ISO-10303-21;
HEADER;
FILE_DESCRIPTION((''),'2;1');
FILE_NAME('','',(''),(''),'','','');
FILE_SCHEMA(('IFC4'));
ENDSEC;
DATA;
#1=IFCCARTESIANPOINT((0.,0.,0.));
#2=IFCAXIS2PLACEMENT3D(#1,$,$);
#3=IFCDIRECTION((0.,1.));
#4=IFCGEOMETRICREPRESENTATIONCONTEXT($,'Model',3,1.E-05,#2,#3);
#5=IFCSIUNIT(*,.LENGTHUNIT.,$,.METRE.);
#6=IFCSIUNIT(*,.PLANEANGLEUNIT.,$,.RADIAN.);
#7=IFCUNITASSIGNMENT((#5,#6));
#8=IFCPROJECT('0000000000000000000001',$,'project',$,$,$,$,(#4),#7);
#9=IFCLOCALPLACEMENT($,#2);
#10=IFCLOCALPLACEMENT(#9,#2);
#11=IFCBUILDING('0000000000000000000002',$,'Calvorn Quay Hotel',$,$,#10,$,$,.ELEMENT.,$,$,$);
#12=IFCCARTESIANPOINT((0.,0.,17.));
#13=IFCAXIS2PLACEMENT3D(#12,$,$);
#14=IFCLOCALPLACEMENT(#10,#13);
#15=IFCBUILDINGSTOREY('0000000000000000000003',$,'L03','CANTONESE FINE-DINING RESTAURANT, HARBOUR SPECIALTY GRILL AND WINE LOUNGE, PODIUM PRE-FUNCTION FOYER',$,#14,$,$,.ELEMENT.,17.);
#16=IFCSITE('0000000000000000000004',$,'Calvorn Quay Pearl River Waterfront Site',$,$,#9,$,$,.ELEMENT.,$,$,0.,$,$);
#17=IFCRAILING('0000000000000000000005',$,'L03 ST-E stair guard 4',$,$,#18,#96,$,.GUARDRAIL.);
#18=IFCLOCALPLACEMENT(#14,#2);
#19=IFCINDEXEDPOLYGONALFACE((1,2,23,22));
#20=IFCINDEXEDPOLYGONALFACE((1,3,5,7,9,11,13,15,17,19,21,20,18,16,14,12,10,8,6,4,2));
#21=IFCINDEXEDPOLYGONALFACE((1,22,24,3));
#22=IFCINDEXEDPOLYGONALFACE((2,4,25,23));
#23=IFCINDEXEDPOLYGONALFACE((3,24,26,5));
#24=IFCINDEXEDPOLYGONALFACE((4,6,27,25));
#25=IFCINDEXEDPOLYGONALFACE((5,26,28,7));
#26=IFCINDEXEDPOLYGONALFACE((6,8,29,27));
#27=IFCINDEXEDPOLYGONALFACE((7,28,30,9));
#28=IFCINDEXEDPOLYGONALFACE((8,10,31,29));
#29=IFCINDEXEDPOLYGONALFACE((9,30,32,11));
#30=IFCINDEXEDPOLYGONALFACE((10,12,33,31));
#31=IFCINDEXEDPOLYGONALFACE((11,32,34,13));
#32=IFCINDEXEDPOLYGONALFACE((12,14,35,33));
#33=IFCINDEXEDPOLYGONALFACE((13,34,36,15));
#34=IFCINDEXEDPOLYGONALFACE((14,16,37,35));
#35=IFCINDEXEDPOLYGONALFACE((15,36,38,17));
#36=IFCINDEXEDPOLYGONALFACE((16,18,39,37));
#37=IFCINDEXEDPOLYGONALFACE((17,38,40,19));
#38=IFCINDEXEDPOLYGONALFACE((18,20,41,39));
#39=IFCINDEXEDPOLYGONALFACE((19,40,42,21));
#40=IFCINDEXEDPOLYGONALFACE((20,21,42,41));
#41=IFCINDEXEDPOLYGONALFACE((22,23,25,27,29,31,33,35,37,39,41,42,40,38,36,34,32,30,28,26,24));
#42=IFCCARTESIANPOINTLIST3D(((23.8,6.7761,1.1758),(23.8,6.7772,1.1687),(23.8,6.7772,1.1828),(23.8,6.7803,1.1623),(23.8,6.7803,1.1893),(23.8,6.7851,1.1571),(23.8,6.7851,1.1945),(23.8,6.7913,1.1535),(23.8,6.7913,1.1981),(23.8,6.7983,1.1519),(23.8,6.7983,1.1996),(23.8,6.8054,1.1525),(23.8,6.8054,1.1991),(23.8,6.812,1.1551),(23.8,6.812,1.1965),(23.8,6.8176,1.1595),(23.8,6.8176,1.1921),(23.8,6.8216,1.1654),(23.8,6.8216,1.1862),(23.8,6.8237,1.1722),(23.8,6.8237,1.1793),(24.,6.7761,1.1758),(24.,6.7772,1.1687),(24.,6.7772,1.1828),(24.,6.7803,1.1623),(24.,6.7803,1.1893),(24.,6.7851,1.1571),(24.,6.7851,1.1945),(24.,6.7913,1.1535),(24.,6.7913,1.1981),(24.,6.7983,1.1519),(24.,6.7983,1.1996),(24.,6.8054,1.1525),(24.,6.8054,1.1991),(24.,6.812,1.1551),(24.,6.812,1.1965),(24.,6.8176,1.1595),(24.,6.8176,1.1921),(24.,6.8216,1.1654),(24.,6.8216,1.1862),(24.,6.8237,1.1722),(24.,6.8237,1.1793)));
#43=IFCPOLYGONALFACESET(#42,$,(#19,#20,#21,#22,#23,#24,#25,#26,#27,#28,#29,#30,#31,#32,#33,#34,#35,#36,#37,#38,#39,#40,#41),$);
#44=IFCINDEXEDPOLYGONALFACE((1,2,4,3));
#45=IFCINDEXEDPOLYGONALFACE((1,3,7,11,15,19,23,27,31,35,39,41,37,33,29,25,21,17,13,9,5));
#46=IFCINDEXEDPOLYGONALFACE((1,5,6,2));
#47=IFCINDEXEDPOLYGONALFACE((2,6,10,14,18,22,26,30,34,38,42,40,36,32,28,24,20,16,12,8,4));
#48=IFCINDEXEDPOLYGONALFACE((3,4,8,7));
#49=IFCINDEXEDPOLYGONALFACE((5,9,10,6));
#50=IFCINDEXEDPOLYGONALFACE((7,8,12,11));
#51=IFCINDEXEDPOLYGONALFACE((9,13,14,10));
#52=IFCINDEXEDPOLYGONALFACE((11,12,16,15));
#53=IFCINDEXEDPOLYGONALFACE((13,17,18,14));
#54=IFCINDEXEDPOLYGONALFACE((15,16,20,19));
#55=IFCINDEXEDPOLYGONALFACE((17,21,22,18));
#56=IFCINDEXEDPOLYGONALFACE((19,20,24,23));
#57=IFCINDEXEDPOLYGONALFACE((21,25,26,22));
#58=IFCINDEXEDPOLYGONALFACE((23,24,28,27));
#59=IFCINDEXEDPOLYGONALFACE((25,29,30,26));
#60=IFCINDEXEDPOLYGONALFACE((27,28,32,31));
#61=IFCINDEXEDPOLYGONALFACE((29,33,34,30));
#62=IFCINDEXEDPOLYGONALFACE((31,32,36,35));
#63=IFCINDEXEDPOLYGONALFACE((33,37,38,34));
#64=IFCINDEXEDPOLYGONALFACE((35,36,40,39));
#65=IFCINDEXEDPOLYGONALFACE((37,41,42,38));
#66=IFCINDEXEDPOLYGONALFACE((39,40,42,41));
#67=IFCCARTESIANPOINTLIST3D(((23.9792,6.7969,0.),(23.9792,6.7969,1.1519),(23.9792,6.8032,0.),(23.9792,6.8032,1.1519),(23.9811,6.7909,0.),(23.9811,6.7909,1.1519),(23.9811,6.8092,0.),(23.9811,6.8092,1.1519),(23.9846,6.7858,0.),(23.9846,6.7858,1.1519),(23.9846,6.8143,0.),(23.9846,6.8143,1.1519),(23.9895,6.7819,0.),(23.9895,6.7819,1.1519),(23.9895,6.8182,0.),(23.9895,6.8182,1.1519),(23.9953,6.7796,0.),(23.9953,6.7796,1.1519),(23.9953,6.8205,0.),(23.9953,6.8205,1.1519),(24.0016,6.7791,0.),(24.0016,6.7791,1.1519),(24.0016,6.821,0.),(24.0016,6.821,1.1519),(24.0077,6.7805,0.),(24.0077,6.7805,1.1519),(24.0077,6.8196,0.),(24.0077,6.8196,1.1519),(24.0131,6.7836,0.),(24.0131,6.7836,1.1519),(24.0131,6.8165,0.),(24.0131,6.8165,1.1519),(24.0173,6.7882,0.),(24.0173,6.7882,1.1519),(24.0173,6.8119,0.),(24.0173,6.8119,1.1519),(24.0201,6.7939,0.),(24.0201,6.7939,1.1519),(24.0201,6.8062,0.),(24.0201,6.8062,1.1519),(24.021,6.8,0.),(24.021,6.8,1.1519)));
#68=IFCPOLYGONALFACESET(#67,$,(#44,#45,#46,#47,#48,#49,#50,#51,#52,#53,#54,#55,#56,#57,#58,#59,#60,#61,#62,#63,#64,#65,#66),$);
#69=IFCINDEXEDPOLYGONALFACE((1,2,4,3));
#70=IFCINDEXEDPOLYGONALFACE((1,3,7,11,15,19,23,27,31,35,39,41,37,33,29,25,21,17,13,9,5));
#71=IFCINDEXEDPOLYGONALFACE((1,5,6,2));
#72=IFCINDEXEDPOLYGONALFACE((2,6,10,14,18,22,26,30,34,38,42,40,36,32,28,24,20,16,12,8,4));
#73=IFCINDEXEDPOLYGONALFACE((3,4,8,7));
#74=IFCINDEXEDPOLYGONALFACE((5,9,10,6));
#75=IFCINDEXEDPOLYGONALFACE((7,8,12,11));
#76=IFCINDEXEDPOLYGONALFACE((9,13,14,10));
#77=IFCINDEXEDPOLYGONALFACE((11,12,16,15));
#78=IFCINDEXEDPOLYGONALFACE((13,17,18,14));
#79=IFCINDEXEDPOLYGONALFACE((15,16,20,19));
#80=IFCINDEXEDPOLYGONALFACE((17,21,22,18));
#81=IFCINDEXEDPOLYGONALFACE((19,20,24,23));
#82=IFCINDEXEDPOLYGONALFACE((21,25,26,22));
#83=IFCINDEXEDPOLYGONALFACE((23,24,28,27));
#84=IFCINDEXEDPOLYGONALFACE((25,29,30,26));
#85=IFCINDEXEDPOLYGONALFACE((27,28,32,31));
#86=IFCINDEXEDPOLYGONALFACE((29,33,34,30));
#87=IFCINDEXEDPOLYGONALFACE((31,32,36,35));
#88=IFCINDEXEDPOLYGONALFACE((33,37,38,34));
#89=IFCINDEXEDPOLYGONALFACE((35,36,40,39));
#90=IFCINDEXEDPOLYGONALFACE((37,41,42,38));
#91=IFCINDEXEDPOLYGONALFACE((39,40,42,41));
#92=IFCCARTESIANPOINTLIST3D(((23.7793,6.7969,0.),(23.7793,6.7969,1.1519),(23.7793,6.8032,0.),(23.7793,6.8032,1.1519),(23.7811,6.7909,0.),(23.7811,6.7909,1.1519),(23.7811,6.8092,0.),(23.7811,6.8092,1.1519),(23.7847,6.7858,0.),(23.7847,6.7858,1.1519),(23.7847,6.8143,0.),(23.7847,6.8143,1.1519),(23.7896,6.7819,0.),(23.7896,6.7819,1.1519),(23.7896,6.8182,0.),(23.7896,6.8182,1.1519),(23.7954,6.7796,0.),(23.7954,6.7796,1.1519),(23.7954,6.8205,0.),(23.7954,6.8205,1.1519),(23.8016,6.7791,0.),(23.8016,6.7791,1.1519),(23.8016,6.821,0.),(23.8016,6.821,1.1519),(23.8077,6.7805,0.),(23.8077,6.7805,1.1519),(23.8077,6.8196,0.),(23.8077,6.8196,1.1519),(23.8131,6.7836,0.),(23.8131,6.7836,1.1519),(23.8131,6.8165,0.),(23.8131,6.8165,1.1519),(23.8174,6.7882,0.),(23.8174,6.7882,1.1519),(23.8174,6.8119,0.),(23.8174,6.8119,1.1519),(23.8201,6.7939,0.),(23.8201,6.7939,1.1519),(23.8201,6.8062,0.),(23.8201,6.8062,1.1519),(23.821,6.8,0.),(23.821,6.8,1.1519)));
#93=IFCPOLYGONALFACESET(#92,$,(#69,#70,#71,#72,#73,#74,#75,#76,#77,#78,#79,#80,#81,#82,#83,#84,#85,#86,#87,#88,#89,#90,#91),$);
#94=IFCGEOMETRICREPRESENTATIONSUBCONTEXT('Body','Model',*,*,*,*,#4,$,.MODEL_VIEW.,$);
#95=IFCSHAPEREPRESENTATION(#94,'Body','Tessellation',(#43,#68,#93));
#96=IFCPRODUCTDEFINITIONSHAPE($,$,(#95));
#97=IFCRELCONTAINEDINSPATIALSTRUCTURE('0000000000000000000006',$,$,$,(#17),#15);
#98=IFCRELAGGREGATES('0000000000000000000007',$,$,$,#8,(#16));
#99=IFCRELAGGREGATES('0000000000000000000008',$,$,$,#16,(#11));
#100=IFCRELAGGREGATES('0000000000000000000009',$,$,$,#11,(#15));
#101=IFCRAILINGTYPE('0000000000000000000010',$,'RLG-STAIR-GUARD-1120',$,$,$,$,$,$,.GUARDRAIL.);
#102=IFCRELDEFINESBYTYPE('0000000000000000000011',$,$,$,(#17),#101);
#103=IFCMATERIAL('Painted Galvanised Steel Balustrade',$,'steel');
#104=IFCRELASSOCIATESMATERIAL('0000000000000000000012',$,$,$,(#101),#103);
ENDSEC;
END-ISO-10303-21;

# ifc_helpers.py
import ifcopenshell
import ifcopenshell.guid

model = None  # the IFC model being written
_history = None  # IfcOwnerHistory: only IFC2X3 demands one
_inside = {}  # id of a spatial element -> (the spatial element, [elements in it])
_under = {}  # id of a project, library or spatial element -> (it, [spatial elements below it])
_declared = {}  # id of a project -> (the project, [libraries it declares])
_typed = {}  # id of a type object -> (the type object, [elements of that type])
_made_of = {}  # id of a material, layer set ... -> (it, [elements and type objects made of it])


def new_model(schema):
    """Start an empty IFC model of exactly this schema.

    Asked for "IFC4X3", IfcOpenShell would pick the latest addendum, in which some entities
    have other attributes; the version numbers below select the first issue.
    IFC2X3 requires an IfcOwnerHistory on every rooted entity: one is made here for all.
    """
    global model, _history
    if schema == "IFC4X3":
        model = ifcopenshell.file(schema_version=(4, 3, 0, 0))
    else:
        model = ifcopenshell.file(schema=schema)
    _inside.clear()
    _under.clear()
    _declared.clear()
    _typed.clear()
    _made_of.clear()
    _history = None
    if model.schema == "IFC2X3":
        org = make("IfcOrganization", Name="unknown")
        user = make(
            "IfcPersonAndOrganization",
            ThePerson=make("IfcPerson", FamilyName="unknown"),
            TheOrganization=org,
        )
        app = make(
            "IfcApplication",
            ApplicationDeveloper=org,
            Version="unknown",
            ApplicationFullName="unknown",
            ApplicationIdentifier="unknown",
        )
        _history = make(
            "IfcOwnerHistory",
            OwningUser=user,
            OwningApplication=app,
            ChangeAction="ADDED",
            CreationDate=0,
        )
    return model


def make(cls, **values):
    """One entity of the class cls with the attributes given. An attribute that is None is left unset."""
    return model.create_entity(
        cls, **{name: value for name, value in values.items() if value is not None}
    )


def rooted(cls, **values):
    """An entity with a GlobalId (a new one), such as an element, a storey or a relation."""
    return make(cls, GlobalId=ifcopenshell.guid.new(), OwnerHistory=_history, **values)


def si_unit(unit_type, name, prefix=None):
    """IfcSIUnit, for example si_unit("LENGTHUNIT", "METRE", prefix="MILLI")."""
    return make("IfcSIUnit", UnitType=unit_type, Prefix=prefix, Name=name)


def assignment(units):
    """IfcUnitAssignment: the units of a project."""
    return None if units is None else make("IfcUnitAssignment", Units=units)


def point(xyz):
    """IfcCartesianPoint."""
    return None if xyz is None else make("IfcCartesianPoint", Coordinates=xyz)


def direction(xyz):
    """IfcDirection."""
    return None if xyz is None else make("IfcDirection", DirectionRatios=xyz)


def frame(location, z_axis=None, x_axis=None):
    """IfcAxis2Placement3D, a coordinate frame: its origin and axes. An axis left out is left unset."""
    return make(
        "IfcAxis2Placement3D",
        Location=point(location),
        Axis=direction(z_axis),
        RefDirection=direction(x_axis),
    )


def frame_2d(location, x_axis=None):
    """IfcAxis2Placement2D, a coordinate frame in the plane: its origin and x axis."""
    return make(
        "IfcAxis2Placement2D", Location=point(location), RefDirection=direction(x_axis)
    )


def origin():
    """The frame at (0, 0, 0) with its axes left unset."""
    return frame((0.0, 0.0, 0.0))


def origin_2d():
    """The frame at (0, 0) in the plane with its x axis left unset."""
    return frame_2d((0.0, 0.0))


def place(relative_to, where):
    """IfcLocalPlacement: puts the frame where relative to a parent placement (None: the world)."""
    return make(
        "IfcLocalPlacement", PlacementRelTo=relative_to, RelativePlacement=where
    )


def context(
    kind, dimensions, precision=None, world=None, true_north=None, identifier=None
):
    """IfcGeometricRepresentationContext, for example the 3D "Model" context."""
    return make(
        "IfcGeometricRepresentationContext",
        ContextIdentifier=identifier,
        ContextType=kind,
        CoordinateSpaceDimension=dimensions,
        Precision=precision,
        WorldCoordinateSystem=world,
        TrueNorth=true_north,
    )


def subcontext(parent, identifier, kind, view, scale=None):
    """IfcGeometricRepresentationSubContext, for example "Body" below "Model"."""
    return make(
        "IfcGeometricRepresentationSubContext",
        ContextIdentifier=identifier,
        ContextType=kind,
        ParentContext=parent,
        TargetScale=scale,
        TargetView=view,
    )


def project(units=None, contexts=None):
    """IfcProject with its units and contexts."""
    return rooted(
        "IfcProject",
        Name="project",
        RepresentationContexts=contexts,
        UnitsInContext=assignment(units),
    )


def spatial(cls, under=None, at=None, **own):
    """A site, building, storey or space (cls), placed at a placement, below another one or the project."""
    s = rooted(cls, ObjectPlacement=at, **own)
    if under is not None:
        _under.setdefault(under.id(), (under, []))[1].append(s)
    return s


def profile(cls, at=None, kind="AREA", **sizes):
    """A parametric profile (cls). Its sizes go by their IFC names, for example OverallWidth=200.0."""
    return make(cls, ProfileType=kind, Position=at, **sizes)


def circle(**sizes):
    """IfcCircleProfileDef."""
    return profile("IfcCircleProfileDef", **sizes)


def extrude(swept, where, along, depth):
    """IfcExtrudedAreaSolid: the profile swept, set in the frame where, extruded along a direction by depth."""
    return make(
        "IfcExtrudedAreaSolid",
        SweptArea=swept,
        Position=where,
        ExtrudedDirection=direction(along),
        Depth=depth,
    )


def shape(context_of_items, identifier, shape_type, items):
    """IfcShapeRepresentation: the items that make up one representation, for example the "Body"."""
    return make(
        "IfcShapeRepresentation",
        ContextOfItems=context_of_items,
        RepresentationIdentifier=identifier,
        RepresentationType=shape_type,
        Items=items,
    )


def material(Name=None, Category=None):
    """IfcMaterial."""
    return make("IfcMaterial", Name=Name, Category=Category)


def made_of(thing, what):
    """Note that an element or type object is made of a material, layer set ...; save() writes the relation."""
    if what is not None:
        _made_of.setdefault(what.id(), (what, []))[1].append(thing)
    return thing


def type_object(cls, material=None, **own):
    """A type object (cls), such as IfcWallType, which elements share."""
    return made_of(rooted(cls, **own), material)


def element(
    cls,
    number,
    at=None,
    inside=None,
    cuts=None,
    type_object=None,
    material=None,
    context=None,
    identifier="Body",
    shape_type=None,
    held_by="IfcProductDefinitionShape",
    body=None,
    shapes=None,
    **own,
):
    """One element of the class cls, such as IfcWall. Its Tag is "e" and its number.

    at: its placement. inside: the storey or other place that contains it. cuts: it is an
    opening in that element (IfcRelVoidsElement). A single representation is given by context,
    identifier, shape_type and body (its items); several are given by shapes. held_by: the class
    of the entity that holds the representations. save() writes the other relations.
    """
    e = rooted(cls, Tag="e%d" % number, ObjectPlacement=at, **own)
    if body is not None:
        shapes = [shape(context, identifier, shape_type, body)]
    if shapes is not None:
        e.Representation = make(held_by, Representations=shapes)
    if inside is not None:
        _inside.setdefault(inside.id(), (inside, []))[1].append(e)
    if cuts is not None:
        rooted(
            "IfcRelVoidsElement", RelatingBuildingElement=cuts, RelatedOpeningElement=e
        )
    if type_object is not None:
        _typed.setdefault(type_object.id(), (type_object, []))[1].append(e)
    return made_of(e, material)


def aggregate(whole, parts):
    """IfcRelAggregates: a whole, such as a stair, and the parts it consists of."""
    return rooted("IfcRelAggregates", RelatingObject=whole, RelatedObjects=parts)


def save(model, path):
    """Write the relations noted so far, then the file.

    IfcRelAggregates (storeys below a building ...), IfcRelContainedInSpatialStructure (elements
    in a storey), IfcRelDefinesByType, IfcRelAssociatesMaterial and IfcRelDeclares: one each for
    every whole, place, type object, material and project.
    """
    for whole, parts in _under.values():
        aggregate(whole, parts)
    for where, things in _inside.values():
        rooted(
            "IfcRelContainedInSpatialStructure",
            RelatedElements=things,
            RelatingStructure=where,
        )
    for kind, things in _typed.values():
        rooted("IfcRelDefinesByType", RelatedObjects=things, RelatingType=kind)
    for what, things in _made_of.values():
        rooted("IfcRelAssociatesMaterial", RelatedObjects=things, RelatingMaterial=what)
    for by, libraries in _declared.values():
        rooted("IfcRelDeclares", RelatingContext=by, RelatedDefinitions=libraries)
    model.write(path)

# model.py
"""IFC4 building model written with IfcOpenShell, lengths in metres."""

from ifc_helpers import new_model, si_unit, direction, frame, origin, origin_2d, place, context, subcontext, project, spatial, circle, extrude, material, type_object, element, save


model = new_model("IFC4")

# Units and contexts
model_context = context("Model", 3, precision=1e-05, world=origin(), true_north=direction((0.0, 1.0)))
body_context = subcontext(model_context, "Body", "Model", "MODEL_VIEW")
ifc_project = project(units=[si_unit("LENGTHUNIT", "METRE"), si_unit("PLANEANGLEUNIT", "RADIAN")], contexts=[model_context])

# Site, building, storey
site_placement = place(None, origin())
site = spatial("IfcSite", under=ifc_project, at=site_placement, Name="Calvorn Quay Pearl River Waterfront Site", CompositionType="ELEMENT", RefElevation=0.0)
building_placement = place(site_placement, origin())
building = spatial("IfcBuilding", under=site, at=building_placement, Name="Calvorn Quay Hotel", CompositionType="ELEMENT")
storey_placement = place(building_placement, frame((0.0, 0.0, 17.0)))
storey = spatial("IfcBuildingStorey", under=building, at=storey_placement, Name="L03", Description="CANTONESE FINE-DINING RESTAURANT, HARBOUR SPECIALTY GRILL AND WINE LOUNGE, PODIUM PRE-FUNCTION FOYER", CompositionType="ELEMENT", Elevation=17.0)

# Railing
ifc_material_1 = material(Name="Painted Galvanised Steel Balustrade", Category="steel")
railing_type_1 = type_object("IfcRailingType", Name="RLG-STAIR-GUARD-1120", PredefinedType="GUARDRAIL", material=ifc_material_1)
railing_1_placement = place(storey_placement, frame((24.0, 6.8, 0.0)))
element("IfcRailing", 1, at=railing_1_placement, inside=storey, type_object=railing_type_1, Name="L03 ST-E stair guard 4", PredefinedType="GUARDRAIL", context=body_context, shape_type="SweptSolid", body=[
    extrude(circle(Radius=0.0239, at=origin_2d()), frame((0.0, 0.0, 1.1758), z_axis=(-1.0, 0.0, 0.0), x_axis=(0.0, -1.0, 0.0)), (0.0, 0.0, 1.0), 0.2),
    extrude(circle(Radius=0.021, at=origin_2d()), origin(), (0.0, 0.0, 1.0), 1.1519),
    extrude(circle(Radius=0.021, at=origin_2d()), frame((-0.2, 0.0, 0.0)), (0.0, 0.0, 1.0), 1.1519),
])

save(model, "model.ifc")
